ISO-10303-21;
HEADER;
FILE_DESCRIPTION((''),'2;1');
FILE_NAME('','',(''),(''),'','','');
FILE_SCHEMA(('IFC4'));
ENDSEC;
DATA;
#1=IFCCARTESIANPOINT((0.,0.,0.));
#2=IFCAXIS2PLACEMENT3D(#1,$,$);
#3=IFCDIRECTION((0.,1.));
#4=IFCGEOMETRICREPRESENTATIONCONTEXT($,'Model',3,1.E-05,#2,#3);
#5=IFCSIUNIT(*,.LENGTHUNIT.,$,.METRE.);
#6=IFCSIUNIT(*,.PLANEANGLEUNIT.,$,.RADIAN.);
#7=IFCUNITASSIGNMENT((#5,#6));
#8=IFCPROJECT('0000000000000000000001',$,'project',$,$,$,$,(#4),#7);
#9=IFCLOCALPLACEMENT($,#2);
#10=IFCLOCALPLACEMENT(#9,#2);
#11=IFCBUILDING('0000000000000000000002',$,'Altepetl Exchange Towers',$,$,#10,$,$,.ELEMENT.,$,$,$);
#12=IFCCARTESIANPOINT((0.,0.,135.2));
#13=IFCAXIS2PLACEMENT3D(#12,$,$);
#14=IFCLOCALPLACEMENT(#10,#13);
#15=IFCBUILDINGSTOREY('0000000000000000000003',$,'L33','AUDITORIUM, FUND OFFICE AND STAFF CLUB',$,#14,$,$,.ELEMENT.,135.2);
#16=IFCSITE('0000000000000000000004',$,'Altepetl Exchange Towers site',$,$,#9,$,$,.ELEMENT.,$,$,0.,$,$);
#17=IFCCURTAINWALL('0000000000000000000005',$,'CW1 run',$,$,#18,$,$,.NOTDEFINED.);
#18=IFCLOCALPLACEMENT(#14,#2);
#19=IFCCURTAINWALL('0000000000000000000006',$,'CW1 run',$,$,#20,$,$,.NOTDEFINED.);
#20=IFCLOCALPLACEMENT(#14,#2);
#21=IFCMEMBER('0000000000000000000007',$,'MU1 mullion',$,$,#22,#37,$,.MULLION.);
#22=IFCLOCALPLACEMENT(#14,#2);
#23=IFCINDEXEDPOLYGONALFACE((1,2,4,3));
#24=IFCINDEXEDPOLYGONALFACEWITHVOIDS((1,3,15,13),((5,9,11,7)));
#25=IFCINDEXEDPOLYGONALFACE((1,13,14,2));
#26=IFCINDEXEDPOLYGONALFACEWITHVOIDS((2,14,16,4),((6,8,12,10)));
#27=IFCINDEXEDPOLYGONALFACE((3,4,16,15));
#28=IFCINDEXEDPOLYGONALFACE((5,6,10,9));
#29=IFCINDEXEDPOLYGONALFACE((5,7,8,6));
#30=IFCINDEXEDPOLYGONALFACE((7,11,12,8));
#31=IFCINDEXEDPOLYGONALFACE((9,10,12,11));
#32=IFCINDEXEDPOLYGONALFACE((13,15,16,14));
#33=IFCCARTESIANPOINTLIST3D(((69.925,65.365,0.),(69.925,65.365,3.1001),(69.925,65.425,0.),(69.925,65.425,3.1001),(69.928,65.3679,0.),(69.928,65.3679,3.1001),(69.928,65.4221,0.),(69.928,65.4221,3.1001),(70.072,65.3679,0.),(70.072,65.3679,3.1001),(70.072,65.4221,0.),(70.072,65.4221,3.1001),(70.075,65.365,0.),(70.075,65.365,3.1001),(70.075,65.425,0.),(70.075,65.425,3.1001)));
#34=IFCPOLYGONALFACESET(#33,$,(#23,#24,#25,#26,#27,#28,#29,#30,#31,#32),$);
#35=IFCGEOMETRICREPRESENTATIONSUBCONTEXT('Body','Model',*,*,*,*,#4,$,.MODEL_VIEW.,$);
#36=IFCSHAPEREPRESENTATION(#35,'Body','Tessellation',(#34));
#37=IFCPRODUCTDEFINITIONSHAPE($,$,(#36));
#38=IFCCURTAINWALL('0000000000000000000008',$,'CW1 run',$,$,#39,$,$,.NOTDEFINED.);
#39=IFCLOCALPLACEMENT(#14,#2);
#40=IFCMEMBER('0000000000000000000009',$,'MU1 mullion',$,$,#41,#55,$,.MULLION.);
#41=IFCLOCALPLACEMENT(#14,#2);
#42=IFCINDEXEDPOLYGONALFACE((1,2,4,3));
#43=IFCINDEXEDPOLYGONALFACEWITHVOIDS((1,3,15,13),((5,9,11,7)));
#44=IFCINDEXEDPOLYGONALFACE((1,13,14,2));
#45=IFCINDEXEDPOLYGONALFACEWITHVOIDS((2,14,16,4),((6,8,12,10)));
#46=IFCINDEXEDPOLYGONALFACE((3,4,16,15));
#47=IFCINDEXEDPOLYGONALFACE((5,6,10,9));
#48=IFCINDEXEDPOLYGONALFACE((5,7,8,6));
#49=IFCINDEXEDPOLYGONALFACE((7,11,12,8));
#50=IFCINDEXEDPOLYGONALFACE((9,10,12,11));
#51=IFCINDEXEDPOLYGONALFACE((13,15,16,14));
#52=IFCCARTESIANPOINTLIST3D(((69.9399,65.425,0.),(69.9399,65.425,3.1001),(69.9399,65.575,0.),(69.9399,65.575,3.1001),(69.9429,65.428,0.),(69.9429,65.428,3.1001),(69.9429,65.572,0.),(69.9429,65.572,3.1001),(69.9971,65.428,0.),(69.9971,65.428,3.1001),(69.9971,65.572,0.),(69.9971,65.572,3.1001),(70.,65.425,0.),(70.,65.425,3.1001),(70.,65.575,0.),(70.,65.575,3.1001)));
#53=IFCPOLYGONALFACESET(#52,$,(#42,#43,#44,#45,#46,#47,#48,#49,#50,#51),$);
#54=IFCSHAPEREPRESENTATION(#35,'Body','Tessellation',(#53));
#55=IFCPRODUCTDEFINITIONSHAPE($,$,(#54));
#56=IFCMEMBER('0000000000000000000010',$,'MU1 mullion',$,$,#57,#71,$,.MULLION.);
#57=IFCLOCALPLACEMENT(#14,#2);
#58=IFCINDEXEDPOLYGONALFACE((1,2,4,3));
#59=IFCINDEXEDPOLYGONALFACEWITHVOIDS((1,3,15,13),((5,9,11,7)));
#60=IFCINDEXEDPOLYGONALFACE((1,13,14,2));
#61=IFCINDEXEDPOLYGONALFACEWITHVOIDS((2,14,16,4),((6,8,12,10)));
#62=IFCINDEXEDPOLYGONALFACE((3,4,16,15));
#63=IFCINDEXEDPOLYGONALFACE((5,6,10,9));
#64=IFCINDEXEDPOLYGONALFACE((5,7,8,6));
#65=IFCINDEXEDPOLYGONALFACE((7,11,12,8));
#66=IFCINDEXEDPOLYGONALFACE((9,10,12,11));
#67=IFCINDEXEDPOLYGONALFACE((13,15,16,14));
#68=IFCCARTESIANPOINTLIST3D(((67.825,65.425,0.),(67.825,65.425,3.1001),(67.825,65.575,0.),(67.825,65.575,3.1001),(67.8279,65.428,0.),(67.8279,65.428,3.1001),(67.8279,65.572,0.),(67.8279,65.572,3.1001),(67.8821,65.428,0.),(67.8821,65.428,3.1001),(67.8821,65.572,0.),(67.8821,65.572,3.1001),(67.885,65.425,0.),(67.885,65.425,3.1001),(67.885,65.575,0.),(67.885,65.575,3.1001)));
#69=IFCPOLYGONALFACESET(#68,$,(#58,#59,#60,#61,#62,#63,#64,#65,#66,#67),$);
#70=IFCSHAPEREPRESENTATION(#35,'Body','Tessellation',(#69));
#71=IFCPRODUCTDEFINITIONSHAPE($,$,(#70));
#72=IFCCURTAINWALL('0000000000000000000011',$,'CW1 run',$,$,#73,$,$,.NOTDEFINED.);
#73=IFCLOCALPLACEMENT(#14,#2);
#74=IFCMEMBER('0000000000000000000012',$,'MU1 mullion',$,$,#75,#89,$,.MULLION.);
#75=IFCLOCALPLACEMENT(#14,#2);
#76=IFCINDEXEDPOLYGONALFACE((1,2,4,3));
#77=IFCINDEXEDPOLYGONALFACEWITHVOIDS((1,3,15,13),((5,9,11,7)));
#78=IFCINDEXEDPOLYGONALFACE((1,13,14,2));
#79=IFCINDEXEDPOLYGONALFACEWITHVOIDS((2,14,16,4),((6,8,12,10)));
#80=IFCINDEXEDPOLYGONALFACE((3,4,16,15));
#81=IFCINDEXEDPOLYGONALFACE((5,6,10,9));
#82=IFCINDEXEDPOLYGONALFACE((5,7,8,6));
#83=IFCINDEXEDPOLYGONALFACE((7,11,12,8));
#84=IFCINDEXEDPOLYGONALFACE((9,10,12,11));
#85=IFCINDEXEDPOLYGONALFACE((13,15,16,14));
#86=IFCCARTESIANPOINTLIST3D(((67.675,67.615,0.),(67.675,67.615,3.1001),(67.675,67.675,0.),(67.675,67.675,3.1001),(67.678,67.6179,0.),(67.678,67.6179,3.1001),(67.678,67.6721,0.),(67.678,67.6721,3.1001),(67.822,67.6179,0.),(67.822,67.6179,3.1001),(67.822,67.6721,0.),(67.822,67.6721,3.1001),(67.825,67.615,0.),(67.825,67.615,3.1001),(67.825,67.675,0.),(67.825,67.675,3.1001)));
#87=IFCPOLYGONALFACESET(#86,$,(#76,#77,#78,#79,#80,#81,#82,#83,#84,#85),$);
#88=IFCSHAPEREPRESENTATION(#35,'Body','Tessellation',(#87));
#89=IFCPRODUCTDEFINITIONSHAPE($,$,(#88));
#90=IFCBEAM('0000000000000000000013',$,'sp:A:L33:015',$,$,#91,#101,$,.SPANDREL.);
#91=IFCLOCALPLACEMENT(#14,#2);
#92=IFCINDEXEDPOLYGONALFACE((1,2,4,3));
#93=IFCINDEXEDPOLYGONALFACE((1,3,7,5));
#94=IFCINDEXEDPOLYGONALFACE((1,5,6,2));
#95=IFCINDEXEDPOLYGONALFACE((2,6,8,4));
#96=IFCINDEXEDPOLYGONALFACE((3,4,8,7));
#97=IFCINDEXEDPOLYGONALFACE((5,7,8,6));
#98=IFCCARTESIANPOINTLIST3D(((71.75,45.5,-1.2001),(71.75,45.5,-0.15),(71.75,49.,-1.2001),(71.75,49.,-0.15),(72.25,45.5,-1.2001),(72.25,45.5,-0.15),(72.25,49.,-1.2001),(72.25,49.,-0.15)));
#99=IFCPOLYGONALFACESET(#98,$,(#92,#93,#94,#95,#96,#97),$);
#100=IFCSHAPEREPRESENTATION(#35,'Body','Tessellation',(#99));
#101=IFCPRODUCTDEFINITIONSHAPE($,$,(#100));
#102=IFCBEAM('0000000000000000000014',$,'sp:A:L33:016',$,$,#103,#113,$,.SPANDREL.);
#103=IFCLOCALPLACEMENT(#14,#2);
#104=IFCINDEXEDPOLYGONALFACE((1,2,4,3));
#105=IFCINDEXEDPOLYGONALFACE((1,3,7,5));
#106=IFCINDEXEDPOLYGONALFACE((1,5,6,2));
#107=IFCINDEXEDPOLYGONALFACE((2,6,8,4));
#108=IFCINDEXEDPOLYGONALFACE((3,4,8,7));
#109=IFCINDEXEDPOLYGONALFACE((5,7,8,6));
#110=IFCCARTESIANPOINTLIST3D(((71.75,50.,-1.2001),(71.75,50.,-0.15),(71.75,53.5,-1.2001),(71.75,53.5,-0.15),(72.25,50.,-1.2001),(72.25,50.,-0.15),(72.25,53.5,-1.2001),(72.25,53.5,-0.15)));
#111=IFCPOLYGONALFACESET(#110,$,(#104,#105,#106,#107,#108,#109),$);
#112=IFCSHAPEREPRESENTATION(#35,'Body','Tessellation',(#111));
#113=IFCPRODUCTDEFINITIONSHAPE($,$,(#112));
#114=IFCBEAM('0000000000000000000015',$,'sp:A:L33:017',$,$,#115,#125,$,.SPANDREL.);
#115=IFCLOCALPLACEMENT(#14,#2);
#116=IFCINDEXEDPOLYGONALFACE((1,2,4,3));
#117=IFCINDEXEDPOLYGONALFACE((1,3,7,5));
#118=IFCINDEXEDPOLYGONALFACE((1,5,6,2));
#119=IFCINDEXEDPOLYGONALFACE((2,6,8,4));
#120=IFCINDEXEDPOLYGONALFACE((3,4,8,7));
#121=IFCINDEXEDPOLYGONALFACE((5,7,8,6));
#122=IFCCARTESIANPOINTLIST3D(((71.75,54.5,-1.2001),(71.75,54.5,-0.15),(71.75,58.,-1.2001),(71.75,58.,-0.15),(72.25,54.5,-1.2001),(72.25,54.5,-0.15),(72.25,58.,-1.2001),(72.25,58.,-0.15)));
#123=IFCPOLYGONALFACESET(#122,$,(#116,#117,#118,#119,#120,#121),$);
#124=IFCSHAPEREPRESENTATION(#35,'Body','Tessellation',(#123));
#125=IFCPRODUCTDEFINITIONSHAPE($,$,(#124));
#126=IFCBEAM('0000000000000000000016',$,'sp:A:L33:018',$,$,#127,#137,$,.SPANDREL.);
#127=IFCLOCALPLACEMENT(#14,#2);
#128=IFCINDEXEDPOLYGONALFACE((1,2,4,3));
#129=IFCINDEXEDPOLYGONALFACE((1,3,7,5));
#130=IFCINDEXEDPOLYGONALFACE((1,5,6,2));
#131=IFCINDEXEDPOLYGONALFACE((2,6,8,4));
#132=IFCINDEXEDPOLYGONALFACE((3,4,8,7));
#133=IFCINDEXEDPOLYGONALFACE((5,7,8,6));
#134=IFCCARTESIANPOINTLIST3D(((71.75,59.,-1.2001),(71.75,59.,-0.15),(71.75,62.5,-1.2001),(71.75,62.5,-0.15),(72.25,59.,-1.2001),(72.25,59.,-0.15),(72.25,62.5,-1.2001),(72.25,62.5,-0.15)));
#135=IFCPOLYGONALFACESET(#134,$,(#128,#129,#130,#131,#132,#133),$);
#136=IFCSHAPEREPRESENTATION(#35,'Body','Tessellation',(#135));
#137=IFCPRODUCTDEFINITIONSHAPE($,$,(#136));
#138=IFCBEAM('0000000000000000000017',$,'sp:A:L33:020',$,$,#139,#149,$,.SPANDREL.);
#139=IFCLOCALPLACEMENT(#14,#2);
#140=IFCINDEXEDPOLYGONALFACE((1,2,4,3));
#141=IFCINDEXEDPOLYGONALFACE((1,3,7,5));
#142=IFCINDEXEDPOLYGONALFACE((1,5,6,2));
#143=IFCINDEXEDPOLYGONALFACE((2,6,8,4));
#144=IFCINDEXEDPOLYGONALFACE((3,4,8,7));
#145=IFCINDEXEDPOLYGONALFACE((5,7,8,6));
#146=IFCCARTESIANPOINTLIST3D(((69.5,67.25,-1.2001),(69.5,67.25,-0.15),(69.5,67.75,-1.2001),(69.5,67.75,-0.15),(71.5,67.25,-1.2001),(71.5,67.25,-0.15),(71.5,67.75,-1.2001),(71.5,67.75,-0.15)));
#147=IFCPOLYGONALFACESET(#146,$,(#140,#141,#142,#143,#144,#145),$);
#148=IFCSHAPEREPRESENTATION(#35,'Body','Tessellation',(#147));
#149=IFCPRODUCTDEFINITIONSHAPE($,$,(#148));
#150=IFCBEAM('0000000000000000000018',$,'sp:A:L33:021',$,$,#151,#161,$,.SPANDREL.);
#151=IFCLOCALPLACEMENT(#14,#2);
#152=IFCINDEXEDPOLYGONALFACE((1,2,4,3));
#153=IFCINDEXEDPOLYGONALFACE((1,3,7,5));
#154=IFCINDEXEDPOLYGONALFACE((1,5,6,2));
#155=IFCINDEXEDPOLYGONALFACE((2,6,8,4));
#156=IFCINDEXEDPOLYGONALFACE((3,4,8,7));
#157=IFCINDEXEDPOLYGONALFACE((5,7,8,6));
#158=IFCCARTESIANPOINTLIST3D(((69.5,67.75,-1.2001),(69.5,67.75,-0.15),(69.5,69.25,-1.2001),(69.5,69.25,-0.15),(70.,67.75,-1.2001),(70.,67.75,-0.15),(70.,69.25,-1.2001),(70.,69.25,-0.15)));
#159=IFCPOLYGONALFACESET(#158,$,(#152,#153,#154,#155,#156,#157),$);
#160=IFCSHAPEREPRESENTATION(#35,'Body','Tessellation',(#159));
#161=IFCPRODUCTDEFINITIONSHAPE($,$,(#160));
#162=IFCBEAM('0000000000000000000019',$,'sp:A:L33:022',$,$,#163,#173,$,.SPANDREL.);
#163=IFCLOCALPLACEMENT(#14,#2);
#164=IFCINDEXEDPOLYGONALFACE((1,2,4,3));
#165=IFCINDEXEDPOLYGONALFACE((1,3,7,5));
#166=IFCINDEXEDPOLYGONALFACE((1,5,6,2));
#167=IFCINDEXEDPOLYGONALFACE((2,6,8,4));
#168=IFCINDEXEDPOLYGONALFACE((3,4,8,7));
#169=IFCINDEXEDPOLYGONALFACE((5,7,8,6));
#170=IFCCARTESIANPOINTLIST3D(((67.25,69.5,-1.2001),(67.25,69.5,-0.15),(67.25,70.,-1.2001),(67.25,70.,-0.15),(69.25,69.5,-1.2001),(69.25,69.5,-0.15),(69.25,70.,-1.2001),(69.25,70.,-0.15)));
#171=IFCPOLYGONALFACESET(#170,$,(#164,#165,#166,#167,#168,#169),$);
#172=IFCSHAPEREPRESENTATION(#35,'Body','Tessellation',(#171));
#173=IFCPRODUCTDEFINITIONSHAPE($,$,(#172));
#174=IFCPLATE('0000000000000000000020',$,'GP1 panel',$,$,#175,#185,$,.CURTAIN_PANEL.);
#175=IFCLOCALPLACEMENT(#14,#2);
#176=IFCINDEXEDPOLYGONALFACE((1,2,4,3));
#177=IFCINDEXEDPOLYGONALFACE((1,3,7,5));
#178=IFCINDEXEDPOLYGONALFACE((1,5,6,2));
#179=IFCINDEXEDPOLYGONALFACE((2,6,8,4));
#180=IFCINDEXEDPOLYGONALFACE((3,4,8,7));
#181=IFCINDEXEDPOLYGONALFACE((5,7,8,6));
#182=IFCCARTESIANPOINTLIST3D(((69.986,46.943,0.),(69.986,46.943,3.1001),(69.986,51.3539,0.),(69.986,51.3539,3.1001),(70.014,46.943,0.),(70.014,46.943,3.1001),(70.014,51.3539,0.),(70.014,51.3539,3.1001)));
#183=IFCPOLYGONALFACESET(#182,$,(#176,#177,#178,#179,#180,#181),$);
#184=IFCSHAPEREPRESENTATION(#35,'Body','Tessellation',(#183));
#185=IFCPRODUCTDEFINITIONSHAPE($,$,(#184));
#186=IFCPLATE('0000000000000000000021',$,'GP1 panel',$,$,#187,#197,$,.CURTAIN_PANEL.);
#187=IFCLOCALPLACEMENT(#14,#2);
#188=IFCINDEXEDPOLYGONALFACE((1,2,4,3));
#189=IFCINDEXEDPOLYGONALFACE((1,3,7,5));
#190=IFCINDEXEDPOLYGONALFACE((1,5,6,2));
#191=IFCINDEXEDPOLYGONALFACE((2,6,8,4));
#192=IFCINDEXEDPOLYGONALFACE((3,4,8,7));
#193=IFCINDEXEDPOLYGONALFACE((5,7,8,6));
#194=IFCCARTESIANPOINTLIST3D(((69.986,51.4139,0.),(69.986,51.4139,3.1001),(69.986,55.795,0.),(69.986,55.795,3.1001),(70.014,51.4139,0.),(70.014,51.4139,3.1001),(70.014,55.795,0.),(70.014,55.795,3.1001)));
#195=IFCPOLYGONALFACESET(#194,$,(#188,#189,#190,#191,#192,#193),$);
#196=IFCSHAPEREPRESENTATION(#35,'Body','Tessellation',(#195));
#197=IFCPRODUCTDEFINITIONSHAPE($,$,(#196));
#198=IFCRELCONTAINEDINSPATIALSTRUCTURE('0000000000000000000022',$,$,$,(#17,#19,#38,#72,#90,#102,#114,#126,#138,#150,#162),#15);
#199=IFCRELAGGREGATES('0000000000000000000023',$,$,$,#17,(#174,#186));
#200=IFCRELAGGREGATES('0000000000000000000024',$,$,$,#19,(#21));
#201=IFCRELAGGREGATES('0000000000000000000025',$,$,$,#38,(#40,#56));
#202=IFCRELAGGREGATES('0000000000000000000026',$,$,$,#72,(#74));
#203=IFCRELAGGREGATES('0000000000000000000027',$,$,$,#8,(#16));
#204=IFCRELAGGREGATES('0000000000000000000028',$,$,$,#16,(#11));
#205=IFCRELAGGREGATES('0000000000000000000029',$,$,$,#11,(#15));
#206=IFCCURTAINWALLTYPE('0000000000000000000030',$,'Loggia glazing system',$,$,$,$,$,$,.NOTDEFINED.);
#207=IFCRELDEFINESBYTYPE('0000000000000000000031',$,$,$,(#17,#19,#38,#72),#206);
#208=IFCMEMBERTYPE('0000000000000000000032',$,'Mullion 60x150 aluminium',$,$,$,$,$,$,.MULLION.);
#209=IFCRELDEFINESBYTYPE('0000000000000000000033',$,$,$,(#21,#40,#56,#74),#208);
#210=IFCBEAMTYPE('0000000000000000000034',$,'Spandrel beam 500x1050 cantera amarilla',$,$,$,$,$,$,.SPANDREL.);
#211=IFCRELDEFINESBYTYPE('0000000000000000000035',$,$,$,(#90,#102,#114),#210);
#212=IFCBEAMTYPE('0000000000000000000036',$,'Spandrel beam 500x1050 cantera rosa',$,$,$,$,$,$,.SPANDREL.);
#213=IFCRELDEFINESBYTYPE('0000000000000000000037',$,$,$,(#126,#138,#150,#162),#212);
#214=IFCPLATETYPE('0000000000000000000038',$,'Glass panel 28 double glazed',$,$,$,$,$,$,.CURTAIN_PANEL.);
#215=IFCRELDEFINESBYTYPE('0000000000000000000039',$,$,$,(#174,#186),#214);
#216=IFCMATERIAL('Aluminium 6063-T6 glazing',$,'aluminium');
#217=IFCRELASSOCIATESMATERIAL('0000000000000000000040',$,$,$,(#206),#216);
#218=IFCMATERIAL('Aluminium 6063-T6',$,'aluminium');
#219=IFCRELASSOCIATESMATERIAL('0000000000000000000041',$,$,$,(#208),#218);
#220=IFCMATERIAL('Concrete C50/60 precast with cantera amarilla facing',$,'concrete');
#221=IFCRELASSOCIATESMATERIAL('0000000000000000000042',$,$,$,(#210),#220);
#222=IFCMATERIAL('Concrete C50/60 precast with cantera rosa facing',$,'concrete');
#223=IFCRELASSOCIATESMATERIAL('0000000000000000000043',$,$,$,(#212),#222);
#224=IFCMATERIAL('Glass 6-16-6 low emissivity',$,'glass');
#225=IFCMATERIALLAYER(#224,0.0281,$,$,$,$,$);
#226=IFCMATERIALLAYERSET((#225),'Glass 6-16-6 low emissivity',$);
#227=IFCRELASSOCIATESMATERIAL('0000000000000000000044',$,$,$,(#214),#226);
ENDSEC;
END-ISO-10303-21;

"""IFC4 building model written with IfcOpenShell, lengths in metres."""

from ifc_helpers import new_model, si_unit, direction, frame, origin, origin_2d, place, context, subcontext, project, spatial, rectangle, hollow_rectangle, extrude, material, layer, layer_set, material_profile, profile_set, type_object, element, aggregate, save


model = new_model("IFC4")

# Units and contexts
model_context = context("Model", 3, precision=1e-05, world=origin(), true_north=direction((0.0, 1.0)))
body_context = subcontext(model_context, "Body", "Model", "MODEL_VIEW")
ifc_project = project(units=[si_unit("LENGTHUNIT", "METRE"), si_unit("PLANEANGLEUNIT", "RADIAN")], contexts=[model_context])

# Site, building, storey
site_placement = place(None, origin())
site = spatial("IfcSite", under=ifc_project, at=site_placement, Name="Altepetl Exchange Towers site", CompositionType="ELEMENT", RefElevation=0.0)
building_placement = place(site_placement, origin())
building = spatial("IfcBuilding", under=site, at=building_placement, Name="Altepetl Exchange Towers", CompositionType="ELEMENT")
storey_placement = place(building_placement, frame((0.0, 0.0, 135.2)))
storey = spatial("IfcBuildingStorey", under=building, at=storey_placement, Name="L33", Description="AUDITORIUM, FUND OFFICE AND STAFF CLUB", CompositionType="ELEMENT", Elevation=135.2)

# Curtain walls, members
ifc_material_1 = material(Name="Aluminium 6063-T6 glazing", Category="aluminium")
curtain_wall_type = type_object("IfcCurtainWallType", Name="Loggia glazing system", PredefinedType="NOTDEFINED", material=ifc_material_1)
curtain_wall_1_placement = place(storey_placement, origin())
curtain_wall_1 = element("IfcCurtainWall", 1, at=curtain_wall_1_placement, inside=storey, type_object=curtain_wall_type, Name="CW1 run", PredefinedType="NOTDEFINED")
ifc_material_2 = material(Name="Aluminium 6063-T6", Category="aluminium")
ifc_material_profile_1 = material_profile(ifc_material_2, hollow_rectangle(XDim=0.0601, YDim=0.1499, WallThickness=0.0029, at=origin_2d()), Name="Mullion 60x150 aluminium")
ifc_profile_set_1 = profile_set([ifc_material_profile_1], Name="Aluminium 6063-T6")
member_type = type_object("IfcMemberType", Name="Mullion 60x150 aluminium", PredefinedType="MULLION", material=ifc_profile_set_1)
curtain_wall_2_placement = place(storey_placement, origin())
curtain_wall_2 = element("IfcCurtainWall", 2, at=curtain_wall_2_placement, inside=storey, type_object=curtain_wall_type, Name="CW1 run", PredefinedType="NOTDEFINED")
member_1_placement = place(storey_placement, frame((70.0, 65.395, 0.0), z_axis=(0.0, 0.0, 1.0), x_axis=(0.0, 1.0, 0.0)))
member_1 = element("IfcMember", 3, at=member_1_placement, type_object=member_type, Name="MU1 mullion", PredefinedType="MULLION", context=body_context, shape_type="SweptSolid", body=[
    extrude(hollow_rectangle(XDim=0.0601, YDim=0.1499, WallThickness=0.0029, at=origin_2d()), origin(), (0.0, 0.0, 1.0), 3.1001),
])
curtain_wall_3_placement = place(storey_placement, origin())
curtain_wall_3 = element("IfcCurtainWall", 4, at=curtain_wall_3_placement, inside=storey, type_object=curtain_wall_type, Name="CW1 run", PredefinedType="NOTDEFINED")
member_2_placement = place(storey_placement, frame((69.97, 65.5, 0.0), z_axis=(0.0, 0.0, 1.0), x_axis=(-1.0, 0.0, 0.0)))
member_2 = element("IfcMember", 5, at=member_2_placement, type_object=member_type, Name="MU1 mullion", PredefinedType="MULLION", context=body_context, shape_type="SweptSolid", body=[
    extrude(hollow_rectangle(XDim=0.0601, YDim=0.1499, WallThickness=0.0029, at=origin_2d()), origin(), (0.0, 0.0, 1.0), 3.1001),
])
member_3_placement = place(storey_placement, frame((67.855, 65.5, 0.0), z_axis=(0.0, 0.0, 1.0), x_axis=(-1.0, 0.0, 0.0)))
member_3 = element("IfcMember", 6, at=member_3_placement, type_object=member_type, Name="MU1 mullion", PredefinedType="MULLION", context=body_context, shape_type="SweptSolid", body=[
    extrude(hollow_rectangle(XDim=0.0601, YDim=0.1499, WallThickness=0.0029, at=origin_2d()), origin(), (0.0, 0.0, 1.0), 3.1001),
])

# Curtain wall, member
curtain_wall_4_placement = place(storey_placement, origin())
curtain_wall_4 = element("IfcCurtainWall", 7, at=curtain_wall_4_placement, inside=storey, type_object=curtain_wall_type, Name="CW1 run", PredefinedType="NOTDEFINED")
member_4_placement = place(storey_placement, frame((67.75, 67.645, 0.0), z_axis=(0.0, 0.0, 1.0), x_axis=(0.0, 1.0, 0.0)))
member_4 = element("IfcMember", 8, at=member_4_placement, type_object=member_type, Name="MU1 mullion", PredefinedType="MULLION", context=body_context, shape_type="SweptSolid", body=[
    extrude(hollow_rectangle(XDim=0.0601, YDim=0.1499, WallThickness=0.0029, at=origin_2d()), origin(), (0.0, 0.0, 1.0), 3.1001),
])

# Beams
ifc_material_3 = material(Name="Concrete C50/60 precast with cantera amarilla facing", Category="concrete")
ifc_material_profile_2 = material_profile(ifc_material_3, rectangle(XDim=0.5, YDim=1.05, at=origin_2d()), Name="500 x 1050")
ifc_profile_set_2 = profile_set([ifc_material_profile_2], Name="Concrete C50/60 precast with cantera amarilla facing")
beam_type_1 = type_object("IfcBeamType", Name="Spandrel beam 500x1050 cantera amarilla", PredefinedType="SPANDREL", material=ifc_profile_set_2)
for number, where, z_axis, x_axis, name in (
    (9, (72.0, 45.5, -0.675), (0.0, 1.0, 0.0), (-1.0, 0.0, 0.0), "sp:A:L33:015"),
    (10, (72.0, 50.0, -0.675), (0.0, 1.0, 0.0), (-1.0, 0.0, 0.0), "sp:A:L33:016"),
    (11, (72.0, 54.5, -0.675), (0.0, 1.0, 0.0), (-1.0, 0.0, 0.0), "sp:A:L33:017"),
):
    element("IfcBeam", number, at=place(storey_placement, frame(where, z_axis=z_axis, x_axis=x_axis)), inside=storey, type_object=beam_type_1, Name=name, PredefinedType="SPANDREL", context=body_context, shape_type="SweptSolid", body=[
        extrude(rectangle(XDim=0.5, YDim=1.05, at=origin_2d()), origin(), (0.0, 0.0, 1.0), 3.5),
    ])
ifc_material_4 = material(Name="Concrete C50/60 precast with cantera rosa facing", Category="concrete")
ifc_material_profile_3 = material_profile(ifc_material_4, rectangle(XDim=0.5, YDim=1.05, at=origin_2d()), Name="500 x 1050")
ifc_profile_set_3 = profile_set([ifc_material_profile_3], Name="Concrete C50/60 precast with cantera rosa facing")
beam_type_2 = type_object("IfcBeamType", Name="Spandrel beam 500x1050 cantera rosa", PredefinedType="SPANDREL", material=ifc_profile_set_3)
beam_1_placement = place(storey_placement, frame((72.0, 59.0, -0.675), z_axis=(0.0, 1.0, 0.0), x_axis=(-1.0, 0.0, 0.0)))
element("IfcBeam", 12, at=beam_1_placement, inside=storey, type_object=beam_type_2, Name="sp:A:L33:018", PredefinedType="SPANDREL", context=body_context, shape_type="SweptSolid", body=[
    extrude(rectangle(XDim=0.5, YDim=1.05, at=origin_2d()), origin(), (0.0, 0.0, 1.0), 3.5),
])
beam_2_placement = place(storey_placement, frame((71.5, 67.5, -0.675), z_axis=(-1.0, 0.0, 0.0), x_axis=(0.0, -1.0, 0.0)))
element("IfcBeam", 13, at=beam_2_placement, inside=storey, type_object=beam_type_2, Name="sp:A:L33:020", PredefinedType="SPANDREL", context=body_context, shape_type="SweptSolid", body=[
    extrude(rectangle(XDim=0.5, YDim=1.05, at=origin_2d()), origin(), (0.0, 0.0, 1.0), 2.0),
])
beam_3_placement = place(storey_placement, frame((69.75, 67.75, -0.675), z_axis=(0.0, 1.0, 0.0), x_axis=(-1.0, 0.0, 0.0)))
element("IfcBeam", 14, at=beam_3_placement, inside=storey, type_object=beam_type_2, Name="sp:A:L33:021", PredefinedType="SPANDREL", context=body_context, shape_type="SweptSolid", body=[
    extrude(rectangle(XDim=0.5, YDim=1.05, at=origin_2d()), origin(), (0.0, 0.0, 1.0), 1.5),
])
beam_4_placement = place(storey_placement, frame((69.25, 69.75, -0.675), z_axis=(-1.0, 0.0, 0.0), x_axis=(0.0, -1.0, 0.0)))
element("IfcBeam", 15, at=beam_4_placement, inside=storey, type_object=beam_type_2, Name="sp:A:L33:022", PredefinedType="SPANDREL", context=body_context, shape_type="SweptSolid", body=[
    extrude(rectangle(XDim=0.5, YDim=1.05, at=origin_2d()), origin(), (0.0, 0.0, 1.0), 2.0),
])

# Plates
ifc_material_5 = material(Name="Glass 6-16-6 low emissivity", Category="glass")
ifc_layer_1 = layer(ifc_material_5, 0.0281)
ifc_layer_set_1 = layer_set([ifc_layer_1], Name="Glass 6-16-6 low emissivity")
plate_type = type_object("IfcPlateType", Name="Glass panel 28 double glazed", PredefinedType="CURTAIN_PANEL", material=ifc_layer_set_1)
plate_1_placement = place(storey_placement, frame((70.0, 49.1484, 0.0), z_axis=(0.0, 0.0, 1.0), x_axis=(0.0, 1.0, 0.0)))
plate_1 = element("IfcPlate", 16, at=plate_1_placement, type_object=plate_type, Name="GP1 panel", PredefinedType="CURTAIN_PANEL", context=body_context, shape_type="SweptSolid", body=[
    extrude(rectangle(XDim=4.4109, YDim=0.0281, at=origin_2d()), origin(), (0.0, 0.0, 1.0), 3.1001),
])
plate_2_placement = place(storey_placement, frame((70.0, 53.6045, 0.0), z_axis=(0.0, 0.0, 1.0), x_axis=(0.0, 1.0, 0.0)))
plate_2 = element("IfcPlate", 17, at=plate_2_placement, type_object=plate_type, Name="GP1 panel", PredefinedType="CURTAIN_PANEL", context=body_context, shape_type="SweptSolid", body=[
    extrude(rectangle(XDim=4.3811, YDim=0.0281, at=origin_2d()), origin(), (0.0, 0.0, 1.0), 3.1001),
])
aggregate(curtain_wall_1, [plate_1, plate_2])
aggregate(curtain_wall_2, [member_1])
aggregate(curtain_wall_3, [member_2, member_3])
aggregate(curtain_wall_4, [member_4])

save(model, "model.ifc")
